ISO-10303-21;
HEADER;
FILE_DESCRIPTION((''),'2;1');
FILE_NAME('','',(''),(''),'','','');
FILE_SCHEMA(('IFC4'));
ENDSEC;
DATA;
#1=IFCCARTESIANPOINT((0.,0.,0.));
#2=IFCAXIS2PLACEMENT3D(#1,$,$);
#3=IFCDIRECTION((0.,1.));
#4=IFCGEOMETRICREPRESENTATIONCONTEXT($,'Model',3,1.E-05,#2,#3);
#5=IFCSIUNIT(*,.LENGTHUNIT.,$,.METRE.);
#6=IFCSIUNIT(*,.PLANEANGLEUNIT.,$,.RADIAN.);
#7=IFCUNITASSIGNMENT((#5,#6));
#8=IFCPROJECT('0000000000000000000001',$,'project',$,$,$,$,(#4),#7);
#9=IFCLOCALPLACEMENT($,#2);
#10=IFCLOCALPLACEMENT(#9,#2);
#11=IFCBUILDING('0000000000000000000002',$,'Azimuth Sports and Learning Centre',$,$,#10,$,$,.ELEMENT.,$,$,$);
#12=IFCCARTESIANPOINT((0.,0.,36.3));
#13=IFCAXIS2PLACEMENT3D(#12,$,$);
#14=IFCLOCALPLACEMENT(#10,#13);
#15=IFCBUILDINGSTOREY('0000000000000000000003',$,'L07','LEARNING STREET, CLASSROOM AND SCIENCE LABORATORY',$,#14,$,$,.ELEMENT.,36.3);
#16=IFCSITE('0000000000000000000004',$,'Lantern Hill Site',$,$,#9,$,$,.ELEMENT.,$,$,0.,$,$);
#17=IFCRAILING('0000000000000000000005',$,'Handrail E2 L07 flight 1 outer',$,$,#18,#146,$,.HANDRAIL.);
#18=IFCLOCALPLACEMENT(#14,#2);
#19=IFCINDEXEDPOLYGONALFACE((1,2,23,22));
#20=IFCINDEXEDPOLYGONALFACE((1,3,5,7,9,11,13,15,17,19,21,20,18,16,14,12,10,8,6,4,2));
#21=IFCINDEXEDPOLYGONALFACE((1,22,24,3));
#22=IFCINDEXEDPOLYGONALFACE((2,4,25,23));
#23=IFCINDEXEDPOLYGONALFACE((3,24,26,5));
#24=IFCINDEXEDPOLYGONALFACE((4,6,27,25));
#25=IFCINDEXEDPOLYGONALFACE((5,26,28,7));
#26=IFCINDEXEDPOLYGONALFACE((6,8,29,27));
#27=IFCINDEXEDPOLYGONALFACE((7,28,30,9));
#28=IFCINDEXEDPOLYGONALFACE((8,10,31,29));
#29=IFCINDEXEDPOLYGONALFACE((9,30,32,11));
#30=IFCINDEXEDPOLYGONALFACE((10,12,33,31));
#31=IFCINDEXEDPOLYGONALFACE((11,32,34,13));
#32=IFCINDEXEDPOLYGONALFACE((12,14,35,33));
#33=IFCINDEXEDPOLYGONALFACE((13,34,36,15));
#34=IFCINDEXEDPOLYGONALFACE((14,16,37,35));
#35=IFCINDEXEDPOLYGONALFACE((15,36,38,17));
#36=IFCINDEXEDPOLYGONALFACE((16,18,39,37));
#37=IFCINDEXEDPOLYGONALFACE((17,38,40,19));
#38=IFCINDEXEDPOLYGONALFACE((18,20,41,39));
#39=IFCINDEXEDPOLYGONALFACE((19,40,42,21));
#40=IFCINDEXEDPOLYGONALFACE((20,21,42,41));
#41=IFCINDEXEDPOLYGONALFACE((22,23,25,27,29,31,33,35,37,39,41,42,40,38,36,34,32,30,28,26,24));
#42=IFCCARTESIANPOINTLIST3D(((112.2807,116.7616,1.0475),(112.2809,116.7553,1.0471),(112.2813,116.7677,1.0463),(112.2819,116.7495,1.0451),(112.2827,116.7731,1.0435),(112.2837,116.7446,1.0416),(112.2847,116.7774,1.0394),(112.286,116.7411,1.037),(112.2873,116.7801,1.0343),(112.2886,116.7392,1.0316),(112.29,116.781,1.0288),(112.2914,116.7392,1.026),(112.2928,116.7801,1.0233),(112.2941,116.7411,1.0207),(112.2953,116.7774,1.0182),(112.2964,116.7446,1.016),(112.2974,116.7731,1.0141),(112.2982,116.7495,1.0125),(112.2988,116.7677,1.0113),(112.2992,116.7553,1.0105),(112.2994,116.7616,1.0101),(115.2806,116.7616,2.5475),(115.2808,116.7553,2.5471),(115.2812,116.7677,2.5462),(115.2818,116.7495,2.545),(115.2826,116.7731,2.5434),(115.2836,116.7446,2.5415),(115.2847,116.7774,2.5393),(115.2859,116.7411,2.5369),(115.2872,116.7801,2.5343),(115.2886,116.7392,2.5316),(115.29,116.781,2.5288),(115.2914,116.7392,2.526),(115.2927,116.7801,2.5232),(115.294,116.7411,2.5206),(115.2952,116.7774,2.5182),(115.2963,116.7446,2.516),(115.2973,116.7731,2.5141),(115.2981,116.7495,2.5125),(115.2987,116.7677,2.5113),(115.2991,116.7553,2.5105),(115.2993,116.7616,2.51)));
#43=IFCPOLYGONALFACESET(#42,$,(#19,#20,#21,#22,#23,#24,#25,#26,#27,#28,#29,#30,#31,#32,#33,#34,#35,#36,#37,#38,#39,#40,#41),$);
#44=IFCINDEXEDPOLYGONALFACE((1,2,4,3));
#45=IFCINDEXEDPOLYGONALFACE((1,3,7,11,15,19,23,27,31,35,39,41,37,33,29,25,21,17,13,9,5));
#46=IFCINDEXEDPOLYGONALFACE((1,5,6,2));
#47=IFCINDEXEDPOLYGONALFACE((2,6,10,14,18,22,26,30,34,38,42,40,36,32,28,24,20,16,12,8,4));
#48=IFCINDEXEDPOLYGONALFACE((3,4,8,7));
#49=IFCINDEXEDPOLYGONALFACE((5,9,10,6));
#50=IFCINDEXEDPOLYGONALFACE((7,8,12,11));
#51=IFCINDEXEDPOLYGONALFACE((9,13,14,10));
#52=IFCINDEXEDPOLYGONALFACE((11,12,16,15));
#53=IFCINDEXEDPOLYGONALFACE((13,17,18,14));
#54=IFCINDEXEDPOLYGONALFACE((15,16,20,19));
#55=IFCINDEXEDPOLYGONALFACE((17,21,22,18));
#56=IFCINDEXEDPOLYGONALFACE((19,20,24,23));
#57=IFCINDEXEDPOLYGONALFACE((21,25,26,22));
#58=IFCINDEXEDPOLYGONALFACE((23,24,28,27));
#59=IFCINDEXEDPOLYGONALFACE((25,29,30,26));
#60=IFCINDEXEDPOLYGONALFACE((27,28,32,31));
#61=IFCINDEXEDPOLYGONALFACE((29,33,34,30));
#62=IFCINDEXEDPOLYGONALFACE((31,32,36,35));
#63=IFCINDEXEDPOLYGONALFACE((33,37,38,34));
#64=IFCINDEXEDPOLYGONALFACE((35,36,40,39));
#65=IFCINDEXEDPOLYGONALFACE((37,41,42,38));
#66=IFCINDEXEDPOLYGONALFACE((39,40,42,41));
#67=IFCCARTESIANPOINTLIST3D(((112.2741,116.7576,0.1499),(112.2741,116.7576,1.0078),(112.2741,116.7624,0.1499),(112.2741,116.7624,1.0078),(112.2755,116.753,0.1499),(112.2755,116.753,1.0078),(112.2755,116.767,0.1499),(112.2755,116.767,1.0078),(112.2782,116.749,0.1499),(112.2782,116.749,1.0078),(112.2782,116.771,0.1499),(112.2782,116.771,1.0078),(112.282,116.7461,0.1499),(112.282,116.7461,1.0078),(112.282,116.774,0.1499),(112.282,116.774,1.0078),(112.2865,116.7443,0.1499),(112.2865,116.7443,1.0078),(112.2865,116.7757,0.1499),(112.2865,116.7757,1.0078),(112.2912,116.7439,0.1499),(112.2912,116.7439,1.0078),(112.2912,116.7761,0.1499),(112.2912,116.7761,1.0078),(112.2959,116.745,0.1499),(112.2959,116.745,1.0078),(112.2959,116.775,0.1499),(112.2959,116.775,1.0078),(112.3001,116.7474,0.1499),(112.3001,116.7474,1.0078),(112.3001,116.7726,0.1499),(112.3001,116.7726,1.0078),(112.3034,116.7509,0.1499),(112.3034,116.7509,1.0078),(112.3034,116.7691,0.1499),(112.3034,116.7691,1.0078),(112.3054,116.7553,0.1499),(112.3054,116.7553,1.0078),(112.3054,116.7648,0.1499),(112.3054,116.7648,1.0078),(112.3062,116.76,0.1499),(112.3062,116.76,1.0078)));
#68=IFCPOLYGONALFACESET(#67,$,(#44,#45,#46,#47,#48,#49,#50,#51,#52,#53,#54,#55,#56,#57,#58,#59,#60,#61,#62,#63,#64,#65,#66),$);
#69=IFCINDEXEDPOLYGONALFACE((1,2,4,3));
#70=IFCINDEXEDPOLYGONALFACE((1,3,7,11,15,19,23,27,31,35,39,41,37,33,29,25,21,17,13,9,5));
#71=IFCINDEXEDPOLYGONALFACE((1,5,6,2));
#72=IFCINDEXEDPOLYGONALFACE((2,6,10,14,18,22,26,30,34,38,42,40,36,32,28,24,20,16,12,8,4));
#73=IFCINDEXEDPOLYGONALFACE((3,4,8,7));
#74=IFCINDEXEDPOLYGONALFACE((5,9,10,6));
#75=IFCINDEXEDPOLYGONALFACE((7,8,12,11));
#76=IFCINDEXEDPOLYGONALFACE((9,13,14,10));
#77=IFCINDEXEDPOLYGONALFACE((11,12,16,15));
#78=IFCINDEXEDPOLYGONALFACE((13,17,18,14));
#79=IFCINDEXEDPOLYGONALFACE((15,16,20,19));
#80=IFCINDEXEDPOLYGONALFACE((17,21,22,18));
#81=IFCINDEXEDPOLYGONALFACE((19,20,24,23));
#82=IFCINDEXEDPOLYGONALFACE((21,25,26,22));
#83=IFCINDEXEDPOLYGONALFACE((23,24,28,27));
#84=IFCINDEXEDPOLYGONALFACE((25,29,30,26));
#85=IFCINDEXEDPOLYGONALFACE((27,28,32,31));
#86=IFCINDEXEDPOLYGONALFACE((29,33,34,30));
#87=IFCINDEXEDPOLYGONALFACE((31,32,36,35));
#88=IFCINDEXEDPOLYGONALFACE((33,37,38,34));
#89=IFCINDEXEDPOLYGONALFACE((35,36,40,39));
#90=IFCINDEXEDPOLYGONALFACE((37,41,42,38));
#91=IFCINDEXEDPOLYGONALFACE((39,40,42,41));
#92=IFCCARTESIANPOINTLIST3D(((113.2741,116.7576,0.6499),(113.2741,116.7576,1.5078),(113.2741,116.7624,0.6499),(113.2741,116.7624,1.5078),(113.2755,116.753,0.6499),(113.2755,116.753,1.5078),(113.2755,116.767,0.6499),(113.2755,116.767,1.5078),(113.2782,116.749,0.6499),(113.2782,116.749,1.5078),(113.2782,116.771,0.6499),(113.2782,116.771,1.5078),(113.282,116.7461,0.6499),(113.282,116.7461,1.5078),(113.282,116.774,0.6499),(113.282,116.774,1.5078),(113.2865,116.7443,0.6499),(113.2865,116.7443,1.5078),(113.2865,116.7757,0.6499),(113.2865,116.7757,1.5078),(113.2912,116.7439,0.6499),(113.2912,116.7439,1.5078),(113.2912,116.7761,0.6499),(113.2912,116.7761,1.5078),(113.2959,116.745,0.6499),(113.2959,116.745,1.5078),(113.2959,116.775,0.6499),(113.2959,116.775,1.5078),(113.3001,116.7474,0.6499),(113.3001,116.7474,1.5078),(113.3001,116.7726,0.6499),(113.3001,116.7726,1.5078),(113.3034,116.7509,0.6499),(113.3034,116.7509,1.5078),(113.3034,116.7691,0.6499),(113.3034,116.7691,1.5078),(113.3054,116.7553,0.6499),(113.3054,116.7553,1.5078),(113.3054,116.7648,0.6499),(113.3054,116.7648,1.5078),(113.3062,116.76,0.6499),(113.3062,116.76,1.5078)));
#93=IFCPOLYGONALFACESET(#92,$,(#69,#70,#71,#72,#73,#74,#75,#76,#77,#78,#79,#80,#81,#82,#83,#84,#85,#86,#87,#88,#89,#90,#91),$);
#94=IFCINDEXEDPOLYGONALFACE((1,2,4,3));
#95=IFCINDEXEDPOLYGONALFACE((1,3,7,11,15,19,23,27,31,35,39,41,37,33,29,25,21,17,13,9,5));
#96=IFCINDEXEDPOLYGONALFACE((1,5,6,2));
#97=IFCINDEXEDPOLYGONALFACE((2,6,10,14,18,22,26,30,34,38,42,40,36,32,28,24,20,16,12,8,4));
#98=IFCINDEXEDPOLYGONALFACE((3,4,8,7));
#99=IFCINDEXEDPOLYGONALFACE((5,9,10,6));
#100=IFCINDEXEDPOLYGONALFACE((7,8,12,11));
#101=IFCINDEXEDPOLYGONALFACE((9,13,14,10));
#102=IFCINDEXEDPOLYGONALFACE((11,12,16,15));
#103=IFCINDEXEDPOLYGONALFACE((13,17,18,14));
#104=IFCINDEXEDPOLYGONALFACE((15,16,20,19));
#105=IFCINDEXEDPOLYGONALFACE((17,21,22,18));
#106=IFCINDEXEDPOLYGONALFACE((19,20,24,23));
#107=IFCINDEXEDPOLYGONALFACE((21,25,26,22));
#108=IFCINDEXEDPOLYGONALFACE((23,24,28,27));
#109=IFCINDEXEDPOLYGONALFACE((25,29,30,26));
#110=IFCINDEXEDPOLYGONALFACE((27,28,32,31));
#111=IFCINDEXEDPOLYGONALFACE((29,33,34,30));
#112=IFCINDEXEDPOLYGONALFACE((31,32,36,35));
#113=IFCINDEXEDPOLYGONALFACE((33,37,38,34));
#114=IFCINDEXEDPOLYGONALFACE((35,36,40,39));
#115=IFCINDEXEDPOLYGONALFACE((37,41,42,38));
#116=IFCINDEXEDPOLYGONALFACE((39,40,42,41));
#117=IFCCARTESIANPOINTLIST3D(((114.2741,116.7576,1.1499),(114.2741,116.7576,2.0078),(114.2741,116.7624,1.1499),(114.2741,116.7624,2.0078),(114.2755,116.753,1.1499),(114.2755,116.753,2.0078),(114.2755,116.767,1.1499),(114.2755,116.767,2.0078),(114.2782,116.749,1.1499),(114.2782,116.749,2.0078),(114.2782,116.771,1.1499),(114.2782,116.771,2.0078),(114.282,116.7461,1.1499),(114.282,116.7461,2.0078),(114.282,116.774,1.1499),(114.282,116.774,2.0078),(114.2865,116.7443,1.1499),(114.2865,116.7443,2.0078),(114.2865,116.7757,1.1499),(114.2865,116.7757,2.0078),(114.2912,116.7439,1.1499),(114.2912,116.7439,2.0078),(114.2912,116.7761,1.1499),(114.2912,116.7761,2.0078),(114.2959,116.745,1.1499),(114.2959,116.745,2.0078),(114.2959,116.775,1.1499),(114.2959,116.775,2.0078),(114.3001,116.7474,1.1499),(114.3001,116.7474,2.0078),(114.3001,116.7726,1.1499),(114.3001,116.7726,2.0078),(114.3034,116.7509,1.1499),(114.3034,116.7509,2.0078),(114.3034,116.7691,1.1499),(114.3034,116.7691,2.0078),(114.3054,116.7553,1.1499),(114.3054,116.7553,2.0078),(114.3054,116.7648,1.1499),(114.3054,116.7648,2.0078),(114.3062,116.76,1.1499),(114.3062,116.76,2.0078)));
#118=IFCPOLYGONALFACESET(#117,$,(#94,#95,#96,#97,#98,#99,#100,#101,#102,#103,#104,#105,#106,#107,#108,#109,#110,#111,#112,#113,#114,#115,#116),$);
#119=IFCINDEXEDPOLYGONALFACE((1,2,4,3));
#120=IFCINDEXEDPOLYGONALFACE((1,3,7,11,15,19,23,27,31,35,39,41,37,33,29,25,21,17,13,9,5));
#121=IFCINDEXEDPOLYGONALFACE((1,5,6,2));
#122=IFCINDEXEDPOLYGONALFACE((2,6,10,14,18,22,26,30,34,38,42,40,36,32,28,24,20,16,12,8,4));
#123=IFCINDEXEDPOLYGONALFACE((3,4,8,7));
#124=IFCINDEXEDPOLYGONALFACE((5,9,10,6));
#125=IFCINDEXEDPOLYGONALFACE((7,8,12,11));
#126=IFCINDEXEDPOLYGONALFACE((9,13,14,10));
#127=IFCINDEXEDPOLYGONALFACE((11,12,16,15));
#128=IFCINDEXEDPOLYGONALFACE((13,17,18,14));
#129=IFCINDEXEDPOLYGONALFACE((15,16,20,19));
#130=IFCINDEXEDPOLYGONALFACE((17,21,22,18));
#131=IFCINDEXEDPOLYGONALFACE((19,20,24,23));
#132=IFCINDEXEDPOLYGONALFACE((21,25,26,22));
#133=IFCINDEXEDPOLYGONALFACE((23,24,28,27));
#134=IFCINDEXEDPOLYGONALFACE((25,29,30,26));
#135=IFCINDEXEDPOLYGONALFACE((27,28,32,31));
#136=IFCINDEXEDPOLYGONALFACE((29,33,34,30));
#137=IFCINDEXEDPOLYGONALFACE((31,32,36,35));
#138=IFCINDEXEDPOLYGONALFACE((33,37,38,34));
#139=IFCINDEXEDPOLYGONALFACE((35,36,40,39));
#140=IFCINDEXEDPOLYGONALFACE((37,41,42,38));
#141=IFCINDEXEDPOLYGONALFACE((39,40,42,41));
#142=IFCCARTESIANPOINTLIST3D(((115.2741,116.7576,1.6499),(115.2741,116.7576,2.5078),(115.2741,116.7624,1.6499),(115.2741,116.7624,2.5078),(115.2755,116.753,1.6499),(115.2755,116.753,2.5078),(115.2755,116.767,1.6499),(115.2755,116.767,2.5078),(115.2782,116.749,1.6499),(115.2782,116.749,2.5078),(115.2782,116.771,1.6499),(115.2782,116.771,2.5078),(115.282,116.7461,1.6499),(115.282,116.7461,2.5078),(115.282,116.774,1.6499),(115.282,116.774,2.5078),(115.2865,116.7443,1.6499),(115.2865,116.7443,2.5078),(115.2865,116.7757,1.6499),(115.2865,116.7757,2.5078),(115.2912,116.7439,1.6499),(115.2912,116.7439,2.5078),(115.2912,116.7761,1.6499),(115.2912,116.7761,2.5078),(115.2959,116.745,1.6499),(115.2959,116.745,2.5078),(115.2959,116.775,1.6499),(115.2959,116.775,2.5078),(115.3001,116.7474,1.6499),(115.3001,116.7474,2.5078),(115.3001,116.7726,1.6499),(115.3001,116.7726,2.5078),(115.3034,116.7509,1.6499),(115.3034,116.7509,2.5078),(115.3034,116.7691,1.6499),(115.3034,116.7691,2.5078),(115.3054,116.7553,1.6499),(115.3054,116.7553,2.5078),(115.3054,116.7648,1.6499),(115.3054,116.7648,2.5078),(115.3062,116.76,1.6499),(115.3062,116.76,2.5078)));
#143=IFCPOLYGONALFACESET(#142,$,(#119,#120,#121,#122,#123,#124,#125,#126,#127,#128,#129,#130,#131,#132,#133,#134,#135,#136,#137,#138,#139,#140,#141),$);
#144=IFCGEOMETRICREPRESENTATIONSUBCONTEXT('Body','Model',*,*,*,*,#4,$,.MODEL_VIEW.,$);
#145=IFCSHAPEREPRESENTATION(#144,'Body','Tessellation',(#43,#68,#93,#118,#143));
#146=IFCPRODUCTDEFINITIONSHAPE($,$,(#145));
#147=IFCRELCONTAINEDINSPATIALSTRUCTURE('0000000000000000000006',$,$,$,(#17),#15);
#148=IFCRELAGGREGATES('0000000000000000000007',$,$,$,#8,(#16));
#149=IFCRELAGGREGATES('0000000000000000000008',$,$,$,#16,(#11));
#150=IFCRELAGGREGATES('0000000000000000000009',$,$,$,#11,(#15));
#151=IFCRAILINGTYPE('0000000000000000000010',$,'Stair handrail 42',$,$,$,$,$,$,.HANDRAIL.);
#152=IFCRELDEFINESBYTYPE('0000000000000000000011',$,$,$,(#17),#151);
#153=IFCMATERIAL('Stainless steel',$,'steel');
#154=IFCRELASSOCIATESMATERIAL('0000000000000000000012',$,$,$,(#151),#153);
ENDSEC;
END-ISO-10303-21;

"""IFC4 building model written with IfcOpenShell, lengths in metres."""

from ifc_helpers import new_model, si_unit, direction, frame, origin, origin_2d, place, context, subcontext, project, spatial, circle, extrude, material, type_object, element, save


model = new_model("IFC4")

# Units and contexts
model_context = context("Model", 3, precision=1e-05, world=origin(), true_north=direction((0.0, 1.0)))
body_context = subcontext(model_context, "Body", "Model", "MODEL_VIEW")
ifc_project = project(units=[si_unit("LENGTHUNIT", "METRE"), si_unit("PLANEANGLEUNIT", "RADIAN")], contexts=[model_context])

# Site, building, storey
site_placement = place(None, origin())
site = spatial("IfcSite", under=ifc_project, at=site_placement, Name="Lantern Hill Site", CompositionType="ELEMENT", RefElevation=0.0)
building_placement = place(site_placement, origin())
building = spatial("IfcBuilding", under=site, at=building_placement, Name="Azimuth Sports and Learning Centre", CompositionType="ELEMENT")
storey_placement = place(building_placement, frame((0.0, 0.0, 36.3)))
storey = spatial("IfcBuildingStorey", under=building, at=storey_placement, Name="L07", Description="LEARNING STREET, CLASSROOM AND SCIENCE LABORATORY", CompositionType="ELEMENT", Elevation=36.3)

# Railing
ifc_material_1 = material(Name="Stainless steel", Category="steel")
railing_type_1 = type_object("IfcRailingType", Name="Stair handrail 42", PredefinedType="HANDRAIL", material=ifc_material_1)
for number, where, name in (
    (1, (112.29, 116.76, 0.1499), "Handrail E2 L07 flight 1 outer"),
):
    element("IfcRailing", number, at=place(storey_placement, frame(where)), inside=storey, type_object=railing_type_1, Name=name, PredefinedType="HANDRAIL", context=body_context, shape_type="SweptSolid", body=[
        extrude(circle(Radius=0.021, at=origin_2d()), frame((0.0, 0.0, 0.8789), z_axis=(0.894427, 0.0, 0.447214), x_axis=(0.0, 1.0, 0.0)), (0.0, 0.0, 1.0), 3.354),
        extrude(circle(Radius=0.0161, at=origin_2d()), origin(), (0.0, 0.0, 1.0), 0.8579),
        extrude(circle(Radius=0.0161, at=origin_2d()), frame((1.0, 0.0, 0.5)), (0.0, 0.0, 1.0), 0.8579),
        extrude(circle(Radius=0.0161, at=origin_2d()), frame((2.0, 0.0, 1.0)), (0.0, 0.0, 1.0), 0.8579),
        extrude(circle(Radius=0.0161, at=origin_2d()), frame((3.0, 0.0, 1.5)), (0.0, 0.0, 1.0), 0.8579),
    ])

save(model, "model.ifc")
